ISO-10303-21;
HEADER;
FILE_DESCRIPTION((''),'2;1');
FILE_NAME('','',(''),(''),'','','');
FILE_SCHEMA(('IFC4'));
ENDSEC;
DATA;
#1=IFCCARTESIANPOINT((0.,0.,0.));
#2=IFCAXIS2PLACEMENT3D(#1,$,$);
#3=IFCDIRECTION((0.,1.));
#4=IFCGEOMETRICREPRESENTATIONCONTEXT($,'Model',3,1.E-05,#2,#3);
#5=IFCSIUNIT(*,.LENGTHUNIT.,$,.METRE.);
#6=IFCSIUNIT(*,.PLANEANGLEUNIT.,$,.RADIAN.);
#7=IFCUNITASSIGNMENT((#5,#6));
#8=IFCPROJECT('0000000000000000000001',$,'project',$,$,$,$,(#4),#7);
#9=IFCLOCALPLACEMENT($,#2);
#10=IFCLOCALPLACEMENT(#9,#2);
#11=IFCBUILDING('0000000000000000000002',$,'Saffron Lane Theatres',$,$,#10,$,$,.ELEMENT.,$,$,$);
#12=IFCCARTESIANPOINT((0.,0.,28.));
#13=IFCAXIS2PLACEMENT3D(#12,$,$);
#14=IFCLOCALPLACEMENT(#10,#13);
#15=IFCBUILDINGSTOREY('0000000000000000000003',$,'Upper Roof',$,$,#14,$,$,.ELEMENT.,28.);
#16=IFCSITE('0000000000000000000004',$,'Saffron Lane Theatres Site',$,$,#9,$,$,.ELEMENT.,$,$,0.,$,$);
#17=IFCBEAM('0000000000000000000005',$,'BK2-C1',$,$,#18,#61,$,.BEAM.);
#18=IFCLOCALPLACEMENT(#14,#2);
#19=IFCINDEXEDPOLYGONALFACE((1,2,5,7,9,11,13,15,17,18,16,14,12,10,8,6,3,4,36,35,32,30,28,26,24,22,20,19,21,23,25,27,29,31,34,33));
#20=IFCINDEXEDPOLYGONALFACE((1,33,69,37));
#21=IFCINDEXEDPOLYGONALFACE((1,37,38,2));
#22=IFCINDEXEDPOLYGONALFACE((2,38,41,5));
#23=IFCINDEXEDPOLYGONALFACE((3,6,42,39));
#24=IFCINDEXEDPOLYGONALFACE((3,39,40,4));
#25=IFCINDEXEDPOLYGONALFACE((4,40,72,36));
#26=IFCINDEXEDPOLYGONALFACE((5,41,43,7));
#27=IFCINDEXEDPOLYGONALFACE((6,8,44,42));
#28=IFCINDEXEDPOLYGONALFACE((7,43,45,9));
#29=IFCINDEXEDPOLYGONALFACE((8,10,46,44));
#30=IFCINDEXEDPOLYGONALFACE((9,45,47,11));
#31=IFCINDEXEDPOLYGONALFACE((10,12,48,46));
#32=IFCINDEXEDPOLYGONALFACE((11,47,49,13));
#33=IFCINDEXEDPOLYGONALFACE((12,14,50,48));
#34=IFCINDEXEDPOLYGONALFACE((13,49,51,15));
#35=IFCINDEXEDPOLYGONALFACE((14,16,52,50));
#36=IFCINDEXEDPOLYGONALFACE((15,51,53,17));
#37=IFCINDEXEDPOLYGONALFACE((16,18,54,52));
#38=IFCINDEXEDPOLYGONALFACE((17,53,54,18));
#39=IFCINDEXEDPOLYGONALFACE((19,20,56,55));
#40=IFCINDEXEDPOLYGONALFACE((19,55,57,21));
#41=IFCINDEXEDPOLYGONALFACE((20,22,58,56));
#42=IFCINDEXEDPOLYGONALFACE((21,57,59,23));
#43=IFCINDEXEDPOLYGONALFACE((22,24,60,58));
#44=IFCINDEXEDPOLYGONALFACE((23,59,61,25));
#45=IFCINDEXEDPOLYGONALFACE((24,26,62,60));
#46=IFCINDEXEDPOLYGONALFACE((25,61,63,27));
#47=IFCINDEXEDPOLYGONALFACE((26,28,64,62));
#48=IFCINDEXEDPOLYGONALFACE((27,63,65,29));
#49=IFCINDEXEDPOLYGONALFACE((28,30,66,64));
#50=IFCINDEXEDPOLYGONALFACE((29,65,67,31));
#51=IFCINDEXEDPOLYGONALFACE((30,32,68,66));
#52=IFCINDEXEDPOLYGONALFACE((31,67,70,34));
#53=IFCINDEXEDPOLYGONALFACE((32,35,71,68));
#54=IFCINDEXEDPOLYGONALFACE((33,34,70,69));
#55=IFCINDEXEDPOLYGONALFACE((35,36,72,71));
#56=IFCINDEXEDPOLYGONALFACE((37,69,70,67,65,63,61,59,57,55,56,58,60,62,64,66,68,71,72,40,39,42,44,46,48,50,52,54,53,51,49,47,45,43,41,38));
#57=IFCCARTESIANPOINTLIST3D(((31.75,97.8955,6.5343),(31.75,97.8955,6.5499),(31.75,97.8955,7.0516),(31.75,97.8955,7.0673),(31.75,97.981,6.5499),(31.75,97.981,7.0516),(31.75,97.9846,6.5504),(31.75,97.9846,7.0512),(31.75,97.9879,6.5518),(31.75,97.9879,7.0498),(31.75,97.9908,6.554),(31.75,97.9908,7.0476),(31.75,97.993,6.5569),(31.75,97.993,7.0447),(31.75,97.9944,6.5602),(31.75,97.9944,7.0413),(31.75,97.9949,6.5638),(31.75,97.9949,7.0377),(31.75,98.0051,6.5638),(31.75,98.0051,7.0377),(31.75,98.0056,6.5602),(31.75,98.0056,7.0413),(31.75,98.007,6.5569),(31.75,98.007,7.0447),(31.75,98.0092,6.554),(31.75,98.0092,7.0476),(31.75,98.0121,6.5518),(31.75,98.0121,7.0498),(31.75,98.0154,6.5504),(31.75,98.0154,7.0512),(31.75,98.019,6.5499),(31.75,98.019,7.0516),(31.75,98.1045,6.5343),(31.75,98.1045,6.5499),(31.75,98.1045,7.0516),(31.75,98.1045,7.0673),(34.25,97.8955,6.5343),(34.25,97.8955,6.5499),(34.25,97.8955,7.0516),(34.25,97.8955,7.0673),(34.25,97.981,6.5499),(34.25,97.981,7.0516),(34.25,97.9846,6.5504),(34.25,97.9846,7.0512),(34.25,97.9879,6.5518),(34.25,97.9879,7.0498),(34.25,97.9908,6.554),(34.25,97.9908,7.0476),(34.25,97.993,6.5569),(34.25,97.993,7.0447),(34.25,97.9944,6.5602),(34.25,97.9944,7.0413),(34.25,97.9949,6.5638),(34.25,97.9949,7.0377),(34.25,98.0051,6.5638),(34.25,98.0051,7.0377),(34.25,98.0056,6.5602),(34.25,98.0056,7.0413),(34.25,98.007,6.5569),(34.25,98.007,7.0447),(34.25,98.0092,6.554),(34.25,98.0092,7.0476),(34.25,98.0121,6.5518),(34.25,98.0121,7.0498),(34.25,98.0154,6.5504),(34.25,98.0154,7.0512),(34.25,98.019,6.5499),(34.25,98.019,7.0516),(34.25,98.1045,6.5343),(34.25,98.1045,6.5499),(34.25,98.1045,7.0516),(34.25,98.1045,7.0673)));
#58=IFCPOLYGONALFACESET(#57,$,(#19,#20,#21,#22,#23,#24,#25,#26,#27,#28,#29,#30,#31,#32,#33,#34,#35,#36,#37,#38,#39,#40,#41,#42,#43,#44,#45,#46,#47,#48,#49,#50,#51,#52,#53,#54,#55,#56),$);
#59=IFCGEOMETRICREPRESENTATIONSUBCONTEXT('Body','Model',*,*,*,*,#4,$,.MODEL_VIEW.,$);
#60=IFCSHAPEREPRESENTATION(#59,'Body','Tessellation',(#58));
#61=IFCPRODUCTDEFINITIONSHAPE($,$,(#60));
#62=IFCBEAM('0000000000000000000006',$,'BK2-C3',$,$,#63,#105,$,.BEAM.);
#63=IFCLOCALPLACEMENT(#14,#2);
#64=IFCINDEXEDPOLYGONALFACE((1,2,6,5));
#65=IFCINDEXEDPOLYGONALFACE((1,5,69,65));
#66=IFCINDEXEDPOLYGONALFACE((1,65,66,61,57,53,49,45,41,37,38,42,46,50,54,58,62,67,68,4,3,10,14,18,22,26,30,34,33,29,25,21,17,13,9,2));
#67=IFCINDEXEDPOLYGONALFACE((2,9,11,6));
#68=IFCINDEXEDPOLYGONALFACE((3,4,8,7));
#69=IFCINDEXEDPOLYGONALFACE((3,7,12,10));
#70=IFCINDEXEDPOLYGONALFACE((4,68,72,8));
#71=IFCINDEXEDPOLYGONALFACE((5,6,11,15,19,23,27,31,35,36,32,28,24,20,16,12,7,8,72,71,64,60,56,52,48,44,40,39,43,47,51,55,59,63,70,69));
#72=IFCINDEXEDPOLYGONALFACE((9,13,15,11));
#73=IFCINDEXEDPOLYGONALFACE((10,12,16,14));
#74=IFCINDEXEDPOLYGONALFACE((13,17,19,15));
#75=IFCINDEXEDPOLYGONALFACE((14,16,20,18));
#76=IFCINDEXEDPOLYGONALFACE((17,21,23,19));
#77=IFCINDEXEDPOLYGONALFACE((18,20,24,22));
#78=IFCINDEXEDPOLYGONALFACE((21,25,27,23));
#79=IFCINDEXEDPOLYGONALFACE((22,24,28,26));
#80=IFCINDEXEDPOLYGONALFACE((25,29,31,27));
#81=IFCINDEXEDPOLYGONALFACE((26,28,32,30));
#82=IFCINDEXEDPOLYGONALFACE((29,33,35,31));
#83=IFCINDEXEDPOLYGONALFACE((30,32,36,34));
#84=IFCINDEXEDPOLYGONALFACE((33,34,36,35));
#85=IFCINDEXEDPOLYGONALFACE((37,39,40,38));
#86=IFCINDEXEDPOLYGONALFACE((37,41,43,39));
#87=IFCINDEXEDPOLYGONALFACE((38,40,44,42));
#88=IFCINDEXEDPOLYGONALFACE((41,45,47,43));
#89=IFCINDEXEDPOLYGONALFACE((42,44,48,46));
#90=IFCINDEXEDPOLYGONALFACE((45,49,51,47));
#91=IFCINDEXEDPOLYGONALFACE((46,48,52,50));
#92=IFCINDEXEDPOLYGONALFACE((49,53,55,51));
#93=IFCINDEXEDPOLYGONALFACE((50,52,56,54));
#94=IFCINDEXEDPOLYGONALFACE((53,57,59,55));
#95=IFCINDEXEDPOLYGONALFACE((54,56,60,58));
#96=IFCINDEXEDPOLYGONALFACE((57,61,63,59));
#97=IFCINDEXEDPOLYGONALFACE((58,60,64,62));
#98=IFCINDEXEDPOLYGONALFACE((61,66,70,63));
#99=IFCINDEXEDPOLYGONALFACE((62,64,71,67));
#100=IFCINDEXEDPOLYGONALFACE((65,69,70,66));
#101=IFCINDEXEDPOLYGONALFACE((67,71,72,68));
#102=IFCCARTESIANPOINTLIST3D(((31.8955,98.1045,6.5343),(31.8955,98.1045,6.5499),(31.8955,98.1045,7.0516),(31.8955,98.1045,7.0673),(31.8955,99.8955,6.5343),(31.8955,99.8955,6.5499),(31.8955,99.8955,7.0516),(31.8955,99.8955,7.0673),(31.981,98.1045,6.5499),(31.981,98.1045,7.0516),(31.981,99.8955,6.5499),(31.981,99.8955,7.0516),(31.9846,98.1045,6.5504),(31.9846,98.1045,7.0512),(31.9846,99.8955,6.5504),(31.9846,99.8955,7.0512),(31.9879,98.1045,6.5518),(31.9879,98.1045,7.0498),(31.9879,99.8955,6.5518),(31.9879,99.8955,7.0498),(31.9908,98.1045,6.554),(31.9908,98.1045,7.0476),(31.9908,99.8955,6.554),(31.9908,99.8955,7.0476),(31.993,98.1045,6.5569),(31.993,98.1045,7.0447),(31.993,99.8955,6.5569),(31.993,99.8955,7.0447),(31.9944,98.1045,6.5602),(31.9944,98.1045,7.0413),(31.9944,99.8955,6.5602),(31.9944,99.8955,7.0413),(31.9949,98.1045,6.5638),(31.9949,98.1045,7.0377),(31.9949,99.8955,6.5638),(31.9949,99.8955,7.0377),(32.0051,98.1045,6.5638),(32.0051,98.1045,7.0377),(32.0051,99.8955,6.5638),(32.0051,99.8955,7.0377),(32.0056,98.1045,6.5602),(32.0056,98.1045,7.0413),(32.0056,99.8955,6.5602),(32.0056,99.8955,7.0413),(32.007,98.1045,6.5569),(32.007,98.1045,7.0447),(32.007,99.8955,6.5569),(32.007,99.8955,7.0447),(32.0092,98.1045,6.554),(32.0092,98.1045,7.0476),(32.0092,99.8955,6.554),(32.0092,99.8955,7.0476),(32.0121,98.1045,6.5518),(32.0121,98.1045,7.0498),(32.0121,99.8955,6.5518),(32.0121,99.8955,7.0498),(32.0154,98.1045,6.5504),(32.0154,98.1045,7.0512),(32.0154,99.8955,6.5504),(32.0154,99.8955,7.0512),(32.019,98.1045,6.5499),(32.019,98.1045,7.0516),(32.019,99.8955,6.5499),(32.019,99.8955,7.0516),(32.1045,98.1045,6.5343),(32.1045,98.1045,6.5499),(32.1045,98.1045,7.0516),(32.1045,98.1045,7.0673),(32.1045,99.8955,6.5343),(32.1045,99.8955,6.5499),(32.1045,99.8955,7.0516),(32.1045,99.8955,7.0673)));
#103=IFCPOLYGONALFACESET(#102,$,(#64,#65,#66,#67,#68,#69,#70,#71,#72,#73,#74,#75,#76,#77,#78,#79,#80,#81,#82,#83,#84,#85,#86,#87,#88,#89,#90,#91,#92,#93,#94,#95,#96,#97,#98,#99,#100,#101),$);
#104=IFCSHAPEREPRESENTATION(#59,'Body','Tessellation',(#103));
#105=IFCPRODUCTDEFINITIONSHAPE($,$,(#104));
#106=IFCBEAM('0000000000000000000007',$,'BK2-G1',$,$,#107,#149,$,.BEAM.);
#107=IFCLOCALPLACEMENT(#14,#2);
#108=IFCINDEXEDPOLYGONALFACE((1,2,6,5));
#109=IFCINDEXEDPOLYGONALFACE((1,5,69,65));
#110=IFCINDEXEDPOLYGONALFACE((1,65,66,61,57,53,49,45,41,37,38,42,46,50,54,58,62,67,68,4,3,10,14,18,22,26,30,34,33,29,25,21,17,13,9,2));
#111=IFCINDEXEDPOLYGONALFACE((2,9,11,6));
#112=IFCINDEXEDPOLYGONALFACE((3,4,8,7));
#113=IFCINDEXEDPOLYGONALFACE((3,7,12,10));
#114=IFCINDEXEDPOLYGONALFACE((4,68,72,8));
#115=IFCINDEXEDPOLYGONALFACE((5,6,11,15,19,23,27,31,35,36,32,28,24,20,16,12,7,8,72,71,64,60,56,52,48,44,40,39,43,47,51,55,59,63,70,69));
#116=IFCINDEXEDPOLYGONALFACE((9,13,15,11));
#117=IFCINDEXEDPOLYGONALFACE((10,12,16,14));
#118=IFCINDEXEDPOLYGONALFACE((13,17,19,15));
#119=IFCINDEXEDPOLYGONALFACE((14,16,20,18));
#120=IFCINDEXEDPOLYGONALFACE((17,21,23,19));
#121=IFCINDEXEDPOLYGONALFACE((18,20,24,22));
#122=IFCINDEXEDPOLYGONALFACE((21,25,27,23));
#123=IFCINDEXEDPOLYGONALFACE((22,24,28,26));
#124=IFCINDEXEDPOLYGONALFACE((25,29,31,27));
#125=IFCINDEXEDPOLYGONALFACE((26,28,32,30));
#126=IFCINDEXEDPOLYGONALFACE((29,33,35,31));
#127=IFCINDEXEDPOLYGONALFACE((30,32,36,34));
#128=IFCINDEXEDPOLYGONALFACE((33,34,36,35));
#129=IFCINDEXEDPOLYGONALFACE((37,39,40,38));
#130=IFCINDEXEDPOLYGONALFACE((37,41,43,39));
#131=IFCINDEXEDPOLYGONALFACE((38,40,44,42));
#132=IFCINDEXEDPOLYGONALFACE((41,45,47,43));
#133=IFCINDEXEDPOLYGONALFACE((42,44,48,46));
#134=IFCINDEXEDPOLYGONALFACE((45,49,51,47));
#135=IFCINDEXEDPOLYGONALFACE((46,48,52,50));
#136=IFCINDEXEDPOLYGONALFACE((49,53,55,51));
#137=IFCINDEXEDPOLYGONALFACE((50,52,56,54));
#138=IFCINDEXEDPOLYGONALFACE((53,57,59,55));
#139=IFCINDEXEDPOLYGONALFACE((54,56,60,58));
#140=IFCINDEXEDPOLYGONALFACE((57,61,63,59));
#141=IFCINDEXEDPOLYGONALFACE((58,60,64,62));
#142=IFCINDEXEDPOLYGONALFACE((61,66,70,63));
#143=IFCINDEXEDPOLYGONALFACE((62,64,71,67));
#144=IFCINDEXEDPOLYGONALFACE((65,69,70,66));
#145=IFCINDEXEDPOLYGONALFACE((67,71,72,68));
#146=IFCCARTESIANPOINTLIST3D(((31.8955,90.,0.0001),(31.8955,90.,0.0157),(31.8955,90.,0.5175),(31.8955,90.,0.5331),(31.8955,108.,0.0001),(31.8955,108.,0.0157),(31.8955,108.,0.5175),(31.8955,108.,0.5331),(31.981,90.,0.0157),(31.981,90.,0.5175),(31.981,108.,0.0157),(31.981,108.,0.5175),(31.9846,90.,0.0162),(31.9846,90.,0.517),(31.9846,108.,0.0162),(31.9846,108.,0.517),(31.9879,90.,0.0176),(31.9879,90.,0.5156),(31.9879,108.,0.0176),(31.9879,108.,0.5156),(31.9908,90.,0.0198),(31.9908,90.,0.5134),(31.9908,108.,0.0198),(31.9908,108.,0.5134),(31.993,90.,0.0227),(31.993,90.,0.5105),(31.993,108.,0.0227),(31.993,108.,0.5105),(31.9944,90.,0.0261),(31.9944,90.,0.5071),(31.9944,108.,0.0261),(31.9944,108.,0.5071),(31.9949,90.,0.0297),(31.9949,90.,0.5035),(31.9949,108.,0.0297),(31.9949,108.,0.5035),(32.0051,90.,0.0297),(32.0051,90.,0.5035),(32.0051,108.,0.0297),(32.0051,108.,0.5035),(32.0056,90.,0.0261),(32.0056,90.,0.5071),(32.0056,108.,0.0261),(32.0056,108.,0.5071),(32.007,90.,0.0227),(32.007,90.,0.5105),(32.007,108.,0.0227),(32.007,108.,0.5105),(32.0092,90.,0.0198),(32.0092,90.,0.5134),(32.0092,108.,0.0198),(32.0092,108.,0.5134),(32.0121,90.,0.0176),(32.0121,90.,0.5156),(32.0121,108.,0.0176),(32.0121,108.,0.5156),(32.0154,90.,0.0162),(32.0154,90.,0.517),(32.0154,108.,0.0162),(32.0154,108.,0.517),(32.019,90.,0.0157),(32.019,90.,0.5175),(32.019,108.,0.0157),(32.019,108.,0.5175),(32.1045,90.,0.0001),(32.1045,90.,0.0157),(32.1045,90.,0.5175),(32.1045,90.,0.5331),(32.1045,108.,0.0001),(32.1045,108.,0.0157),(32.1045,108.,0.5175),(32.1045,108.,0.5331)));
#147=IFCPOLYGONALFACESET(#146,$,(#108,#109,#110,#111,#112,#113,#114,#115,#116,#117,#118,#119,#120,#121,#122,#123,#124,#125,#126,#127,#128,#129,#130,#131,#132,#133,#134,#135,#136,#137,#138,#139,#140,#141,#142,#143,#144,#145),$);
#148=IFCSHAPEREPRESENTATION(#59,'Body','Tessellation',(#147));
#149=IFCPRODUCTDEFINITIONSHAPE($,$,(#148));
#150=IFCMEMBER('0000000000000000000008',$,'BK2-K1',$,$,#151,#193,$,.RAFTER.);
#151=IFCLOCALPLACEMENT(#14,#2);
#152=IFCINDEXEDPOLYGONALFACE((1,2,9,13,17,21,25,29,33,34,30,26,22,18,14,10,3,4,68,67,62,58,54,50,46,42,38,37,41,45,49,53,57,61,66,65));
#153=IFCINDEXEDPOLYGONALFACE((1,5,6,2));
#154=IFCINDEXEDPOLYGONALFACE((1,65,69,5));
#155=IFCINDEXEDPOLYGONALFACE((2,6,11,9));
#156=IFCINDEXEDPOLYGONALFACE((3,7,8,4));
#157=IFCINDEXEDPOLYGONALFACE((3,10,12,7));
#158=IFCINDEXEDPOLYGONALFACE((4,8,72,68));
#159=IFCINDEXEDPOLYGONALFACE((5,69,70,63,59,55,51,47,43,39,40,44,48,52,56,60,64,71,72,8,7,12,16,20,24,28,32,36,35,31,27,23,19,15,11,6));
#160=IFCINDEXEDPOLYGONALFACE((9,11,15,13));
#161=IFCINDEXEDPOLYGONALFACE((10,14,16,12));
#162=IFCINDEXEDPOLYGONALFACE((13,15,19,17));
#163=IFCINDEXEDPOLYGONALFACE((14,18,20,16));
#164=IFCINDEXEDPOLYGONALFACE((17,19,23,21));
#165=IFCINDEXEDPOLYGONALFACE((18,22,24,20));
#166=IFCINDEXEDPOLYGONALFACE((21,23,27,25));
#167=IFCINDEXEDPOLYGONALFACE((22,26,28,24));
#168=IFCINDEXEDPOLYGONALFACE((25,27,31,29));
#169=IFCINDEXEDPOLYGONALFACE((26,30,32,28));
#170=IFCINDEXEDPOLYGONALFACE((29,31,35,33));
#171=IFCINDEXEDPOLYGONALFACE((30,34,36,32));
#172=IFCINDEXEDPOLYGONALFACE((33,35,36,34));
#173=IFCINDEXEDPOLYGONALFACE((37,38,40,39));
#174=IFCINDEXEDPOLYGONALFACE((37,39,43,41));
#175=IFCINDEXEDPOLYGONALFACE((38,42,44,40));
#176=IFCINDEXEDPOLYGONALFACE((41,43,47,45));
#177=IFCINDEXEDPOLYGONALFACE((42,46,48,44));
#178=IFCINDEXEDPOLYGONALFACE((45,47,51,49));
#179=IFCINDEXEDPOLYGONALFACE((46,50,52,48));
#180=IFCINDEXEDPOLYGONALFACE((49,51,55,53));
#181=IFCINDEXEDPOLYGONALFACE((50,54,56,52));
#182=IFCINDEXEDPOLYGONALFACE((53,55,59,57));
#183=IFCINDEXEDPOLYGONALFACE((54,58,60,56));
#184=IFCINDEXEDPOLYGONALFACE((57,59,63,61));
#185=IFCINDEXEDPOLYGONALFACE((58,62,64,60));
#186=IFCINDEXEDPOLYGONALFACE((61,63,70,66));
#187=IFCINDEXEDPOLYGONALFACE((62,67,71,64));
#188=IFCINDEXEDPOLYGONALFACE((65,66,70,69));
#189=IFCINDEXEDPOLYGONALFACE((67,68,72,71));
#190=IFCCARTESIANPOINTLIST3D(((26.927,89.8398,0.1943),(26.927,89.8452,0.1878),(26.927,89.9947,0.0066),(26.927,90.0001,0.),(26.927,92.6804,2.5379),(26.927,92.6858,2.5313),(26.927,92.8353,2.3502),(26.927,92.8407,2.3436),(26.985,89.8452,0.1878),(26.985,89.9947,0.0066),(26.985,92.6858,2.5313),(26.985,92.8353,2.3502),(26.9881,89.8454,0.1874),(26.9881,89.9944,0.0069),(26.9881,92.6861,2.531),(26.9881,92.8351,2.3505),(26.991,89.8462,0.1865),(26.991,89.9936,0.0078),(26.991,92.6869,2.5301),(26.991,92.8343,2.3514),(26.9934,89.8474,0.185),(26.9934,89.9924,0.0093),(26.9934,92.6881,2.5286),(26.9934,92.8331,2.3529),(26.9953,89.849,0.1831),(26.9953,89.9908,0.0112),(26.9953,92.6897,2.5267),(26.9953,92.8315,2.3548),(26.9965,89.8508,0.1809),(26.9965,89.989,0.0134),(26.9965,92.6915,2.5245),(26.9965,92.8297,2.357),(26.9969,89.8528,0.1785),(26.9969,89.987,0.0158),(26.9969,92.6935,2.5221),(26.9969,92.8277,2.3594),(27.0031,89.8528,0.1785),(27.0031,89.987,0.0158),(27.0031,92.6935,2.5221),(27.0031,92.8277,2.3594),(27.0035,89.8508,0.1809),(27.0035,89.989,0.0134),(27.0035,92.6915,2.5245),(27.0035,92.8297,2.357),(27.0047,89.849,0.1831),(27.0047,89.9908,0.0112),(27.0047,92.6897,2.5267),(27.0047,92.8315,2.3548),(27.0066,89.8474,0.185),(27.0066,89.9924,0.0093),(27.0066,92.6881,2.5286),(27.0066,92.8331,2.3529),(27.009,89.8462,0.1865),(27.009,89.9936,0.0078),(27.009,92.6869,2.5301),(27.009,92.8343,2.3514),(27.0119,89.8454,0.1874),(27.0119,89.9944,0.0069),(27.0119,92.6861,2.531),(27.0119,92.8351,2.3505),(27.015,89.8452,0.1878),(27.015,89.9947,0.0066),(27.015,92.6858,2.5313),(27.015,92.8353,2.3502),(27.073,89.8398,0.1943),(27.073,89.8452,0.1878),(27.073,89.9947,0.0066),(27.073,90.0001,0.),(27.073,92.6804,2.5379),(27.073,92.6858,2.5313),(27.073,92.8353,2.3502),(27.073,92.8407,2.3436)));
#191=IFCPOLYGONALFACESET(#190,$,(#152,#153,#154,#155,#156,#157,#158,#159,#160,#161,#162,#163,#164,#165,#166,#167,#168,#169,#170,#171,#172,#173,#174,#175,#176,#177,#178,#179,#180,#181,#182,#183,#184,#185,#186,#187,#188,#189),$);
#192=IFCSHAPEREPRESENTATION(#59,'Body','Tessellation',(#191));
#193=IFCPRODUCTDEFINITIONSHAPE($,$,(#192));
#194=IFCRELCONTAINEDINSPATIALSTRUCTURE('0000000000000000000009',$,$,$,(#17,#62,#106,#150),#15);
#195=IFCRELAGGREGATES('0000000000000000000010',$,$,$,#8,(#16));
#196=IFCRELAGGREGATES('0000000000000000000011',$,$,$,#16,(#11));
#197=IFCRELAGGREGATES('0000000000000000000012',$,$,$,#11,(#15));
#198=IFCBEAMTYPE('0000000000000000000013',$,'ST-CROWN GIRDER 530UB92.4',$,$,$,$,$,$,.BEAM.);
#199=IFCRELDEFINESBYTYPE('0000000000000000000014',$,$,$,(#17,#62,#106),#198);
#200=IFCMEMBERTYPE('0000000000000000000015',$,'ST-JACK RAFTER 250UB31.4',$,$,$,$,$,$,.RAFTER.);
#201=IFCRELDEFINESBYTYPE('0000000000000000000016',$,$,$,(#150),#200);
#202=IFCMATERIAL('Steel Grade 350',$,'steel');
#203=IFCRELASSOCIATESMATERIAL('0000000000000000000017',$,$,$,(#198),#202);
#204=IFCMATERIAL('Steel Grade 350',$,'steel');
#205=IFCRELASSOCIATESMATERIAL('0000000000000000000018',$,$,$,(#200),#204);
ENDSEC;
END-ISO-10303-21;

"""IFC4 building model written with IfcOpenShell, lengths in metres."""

from ifc_helpers import new_model, si_unit, direction, frame, origin, origin_2d, place, context, subcontext, project, spatial, i_section, extrude, material, material_profile, profile_set, type_object, element, save


model = new_model("IFC4")

# Units and contexts
model_context = context("Model", 3, precision=1e-05, world=origin(), true_north=direction((0.0, 1.0)))
body_context = subcontext(model_context, "Body", "Model", "MODEL_VIEW")
ifc_project = project(units=[si_unit("LENGTHUNIT", "METRE"), si_unit("PLANEANGLEUNIT", "RADIAN")], contexts=[model_context])

# Site, building, storey
site_placement = place(None, origin())
site = spatial("IfcSite", under=ifc_project, at=site_placement, Name="Saffron Lane Theatres Site", CompositionType="ELEMENT", RefElevation=0.0)
building_placement = place(site_placement, origin())
building = spatial("IfcBuilding", under=site, at=building_placement, Name="Saffron Lane Theatres", CompositionType="ELEMENT")
storey_placement = place(building_placement, frame((0.0, 0.0, 28.0)))
storey = spatial("IfcBuildingStorey", under=building, at=storey_placement, Name="Upper Roof", CompositionType="ELEMENT", Elevation=28.0)

# Beams
ifc_material_1 = material(Name="Steel Grade 350", Category="steel")
ifc_material_profile_1 = material_profile(ifc_material_1, i_section(OverallWidth=0.209, OverallDepth=0.533, WebThickness=0.0103, FlangeThickness=0.0156, FilletRadius=0.0139, at=origin_2d()))
ifc_profile_set_1 = profile_set([ifc_material_profile_1], Name="Steel Grade 350")
beam_type_1 = type_object("IfcBeamType", Name="ST-CROWN GIRDER 530UB92.4", PredefinedType="BEAM", material=ifc_profile_set_1)
beam_1_placement = place(storey_placement, frame((31.75, 98.0, 6.8008), z_axis=(1.0, 0.0, 0.0), x_axis=(0.0, 1.0, 0.0)))
element("IfcBeam", 1, at=beam_1_placement, inside=storey, type_object=beam_type_1, Name="BK2-C1", PredefinedType="BEAM", context=body_context, shape_type="SweptSolid", body=[
    extrude(i_section(OverallWidth=0.209, OverallDepth=0.533, WebThickness=0.0103, FlangeThickness=0.0156, FilletRadius=0.0139, at=origin_2d()), origin(), (0.0, 0.0, 1.0), 2.5),
])
beam_2_placement = place(storey_placement, frame((32.0, 98.1045, 6.8008), z_axis=(0.0, 1.0, 0.0), x_axis=(-1.0, 0.0, 0.0)))
element("IfcBeam", 2, at=beam_2_placement, inside=storey, type_object=beam_type_1, Name="BK2-C3", PredefinedType="BEAM", context=body_context, shape_type="SweptSolid", body=[
    extrude(i_section(OverallWidth=0.209, OverallDepth=0.533, WebThickness=0.0103, FlangeThickness=0.0156, FilletRadius=0.0139, at=origin_2d()), origin(), (0.0, 0.0, 1.0), 1.791),
])
beam_3_placement = place(storey_placement, frame((32.0, 90.0, 0.2666), z_axis=(0.0, 1.0, 0.0), x_axis=(-1.0, 0.0, 0.0)))
element("IfcBeam", 3, at=beam_3_placement, inside=storey, type_object=beam_type_1, Name="BK2-G1", PredefinedType="BEAM", context=body_context, shape_type="SweptSolid", body=[
    extrude(i_section(OverallWidth=0.209, OverallDepth=0.533, WebThickness=0.0103, FlangeThickness=0.0156, FilletRadius=0.0139, at=origin_2d()), origin(), (0.0, 0.0, 1.0), 18.0),
])

# Member
ifc_material_2 = material(Name="Steel Grade 350", Category="steel")
ifc_material_profile_2 = material_profile(ifc_material_2, i_section(OverallWidth=0.146, OverallDepth=0.252, WebThickness=0.0061, FlangeThickness=0.0085, FilletRadius=0.012, at=origin_2d()))
ifc_profile_set_2 = profile_set([ifc_material_profile_2], Name="Steel Grade 350")
member_type_1 = type_object("IfcMemberType", Name="ST-JACK RAFTER 250UB31.4", PredefinedType="RAFTER", material=ifc_profile_set_2)
member_1_placement = place(storey_placement, frame((27.0, 89.9199, 0.0972), z_axis=(0.0, 0.771369, 0.636388), x_axis=(-1.0, 0.0, 0.0)))
element("IfcMember", 4, at=member_1_placement, inside=storey, type_object=member_type_1, Name="BK2-K1", PredefinedType="RAFTER", context=body_context, shape_type="SweptSolid", body=[
    extrude(i_section(OverallWidth=0.146, OverallDepth=0.252, WebThickness=0.0061, FlangeThickness=0.0085, FilletRadius=0.012, at=origin_2d()), origin(), (0.0, 0.0, 1.0), 3.6826),
])

save(model, "model.ifc")
